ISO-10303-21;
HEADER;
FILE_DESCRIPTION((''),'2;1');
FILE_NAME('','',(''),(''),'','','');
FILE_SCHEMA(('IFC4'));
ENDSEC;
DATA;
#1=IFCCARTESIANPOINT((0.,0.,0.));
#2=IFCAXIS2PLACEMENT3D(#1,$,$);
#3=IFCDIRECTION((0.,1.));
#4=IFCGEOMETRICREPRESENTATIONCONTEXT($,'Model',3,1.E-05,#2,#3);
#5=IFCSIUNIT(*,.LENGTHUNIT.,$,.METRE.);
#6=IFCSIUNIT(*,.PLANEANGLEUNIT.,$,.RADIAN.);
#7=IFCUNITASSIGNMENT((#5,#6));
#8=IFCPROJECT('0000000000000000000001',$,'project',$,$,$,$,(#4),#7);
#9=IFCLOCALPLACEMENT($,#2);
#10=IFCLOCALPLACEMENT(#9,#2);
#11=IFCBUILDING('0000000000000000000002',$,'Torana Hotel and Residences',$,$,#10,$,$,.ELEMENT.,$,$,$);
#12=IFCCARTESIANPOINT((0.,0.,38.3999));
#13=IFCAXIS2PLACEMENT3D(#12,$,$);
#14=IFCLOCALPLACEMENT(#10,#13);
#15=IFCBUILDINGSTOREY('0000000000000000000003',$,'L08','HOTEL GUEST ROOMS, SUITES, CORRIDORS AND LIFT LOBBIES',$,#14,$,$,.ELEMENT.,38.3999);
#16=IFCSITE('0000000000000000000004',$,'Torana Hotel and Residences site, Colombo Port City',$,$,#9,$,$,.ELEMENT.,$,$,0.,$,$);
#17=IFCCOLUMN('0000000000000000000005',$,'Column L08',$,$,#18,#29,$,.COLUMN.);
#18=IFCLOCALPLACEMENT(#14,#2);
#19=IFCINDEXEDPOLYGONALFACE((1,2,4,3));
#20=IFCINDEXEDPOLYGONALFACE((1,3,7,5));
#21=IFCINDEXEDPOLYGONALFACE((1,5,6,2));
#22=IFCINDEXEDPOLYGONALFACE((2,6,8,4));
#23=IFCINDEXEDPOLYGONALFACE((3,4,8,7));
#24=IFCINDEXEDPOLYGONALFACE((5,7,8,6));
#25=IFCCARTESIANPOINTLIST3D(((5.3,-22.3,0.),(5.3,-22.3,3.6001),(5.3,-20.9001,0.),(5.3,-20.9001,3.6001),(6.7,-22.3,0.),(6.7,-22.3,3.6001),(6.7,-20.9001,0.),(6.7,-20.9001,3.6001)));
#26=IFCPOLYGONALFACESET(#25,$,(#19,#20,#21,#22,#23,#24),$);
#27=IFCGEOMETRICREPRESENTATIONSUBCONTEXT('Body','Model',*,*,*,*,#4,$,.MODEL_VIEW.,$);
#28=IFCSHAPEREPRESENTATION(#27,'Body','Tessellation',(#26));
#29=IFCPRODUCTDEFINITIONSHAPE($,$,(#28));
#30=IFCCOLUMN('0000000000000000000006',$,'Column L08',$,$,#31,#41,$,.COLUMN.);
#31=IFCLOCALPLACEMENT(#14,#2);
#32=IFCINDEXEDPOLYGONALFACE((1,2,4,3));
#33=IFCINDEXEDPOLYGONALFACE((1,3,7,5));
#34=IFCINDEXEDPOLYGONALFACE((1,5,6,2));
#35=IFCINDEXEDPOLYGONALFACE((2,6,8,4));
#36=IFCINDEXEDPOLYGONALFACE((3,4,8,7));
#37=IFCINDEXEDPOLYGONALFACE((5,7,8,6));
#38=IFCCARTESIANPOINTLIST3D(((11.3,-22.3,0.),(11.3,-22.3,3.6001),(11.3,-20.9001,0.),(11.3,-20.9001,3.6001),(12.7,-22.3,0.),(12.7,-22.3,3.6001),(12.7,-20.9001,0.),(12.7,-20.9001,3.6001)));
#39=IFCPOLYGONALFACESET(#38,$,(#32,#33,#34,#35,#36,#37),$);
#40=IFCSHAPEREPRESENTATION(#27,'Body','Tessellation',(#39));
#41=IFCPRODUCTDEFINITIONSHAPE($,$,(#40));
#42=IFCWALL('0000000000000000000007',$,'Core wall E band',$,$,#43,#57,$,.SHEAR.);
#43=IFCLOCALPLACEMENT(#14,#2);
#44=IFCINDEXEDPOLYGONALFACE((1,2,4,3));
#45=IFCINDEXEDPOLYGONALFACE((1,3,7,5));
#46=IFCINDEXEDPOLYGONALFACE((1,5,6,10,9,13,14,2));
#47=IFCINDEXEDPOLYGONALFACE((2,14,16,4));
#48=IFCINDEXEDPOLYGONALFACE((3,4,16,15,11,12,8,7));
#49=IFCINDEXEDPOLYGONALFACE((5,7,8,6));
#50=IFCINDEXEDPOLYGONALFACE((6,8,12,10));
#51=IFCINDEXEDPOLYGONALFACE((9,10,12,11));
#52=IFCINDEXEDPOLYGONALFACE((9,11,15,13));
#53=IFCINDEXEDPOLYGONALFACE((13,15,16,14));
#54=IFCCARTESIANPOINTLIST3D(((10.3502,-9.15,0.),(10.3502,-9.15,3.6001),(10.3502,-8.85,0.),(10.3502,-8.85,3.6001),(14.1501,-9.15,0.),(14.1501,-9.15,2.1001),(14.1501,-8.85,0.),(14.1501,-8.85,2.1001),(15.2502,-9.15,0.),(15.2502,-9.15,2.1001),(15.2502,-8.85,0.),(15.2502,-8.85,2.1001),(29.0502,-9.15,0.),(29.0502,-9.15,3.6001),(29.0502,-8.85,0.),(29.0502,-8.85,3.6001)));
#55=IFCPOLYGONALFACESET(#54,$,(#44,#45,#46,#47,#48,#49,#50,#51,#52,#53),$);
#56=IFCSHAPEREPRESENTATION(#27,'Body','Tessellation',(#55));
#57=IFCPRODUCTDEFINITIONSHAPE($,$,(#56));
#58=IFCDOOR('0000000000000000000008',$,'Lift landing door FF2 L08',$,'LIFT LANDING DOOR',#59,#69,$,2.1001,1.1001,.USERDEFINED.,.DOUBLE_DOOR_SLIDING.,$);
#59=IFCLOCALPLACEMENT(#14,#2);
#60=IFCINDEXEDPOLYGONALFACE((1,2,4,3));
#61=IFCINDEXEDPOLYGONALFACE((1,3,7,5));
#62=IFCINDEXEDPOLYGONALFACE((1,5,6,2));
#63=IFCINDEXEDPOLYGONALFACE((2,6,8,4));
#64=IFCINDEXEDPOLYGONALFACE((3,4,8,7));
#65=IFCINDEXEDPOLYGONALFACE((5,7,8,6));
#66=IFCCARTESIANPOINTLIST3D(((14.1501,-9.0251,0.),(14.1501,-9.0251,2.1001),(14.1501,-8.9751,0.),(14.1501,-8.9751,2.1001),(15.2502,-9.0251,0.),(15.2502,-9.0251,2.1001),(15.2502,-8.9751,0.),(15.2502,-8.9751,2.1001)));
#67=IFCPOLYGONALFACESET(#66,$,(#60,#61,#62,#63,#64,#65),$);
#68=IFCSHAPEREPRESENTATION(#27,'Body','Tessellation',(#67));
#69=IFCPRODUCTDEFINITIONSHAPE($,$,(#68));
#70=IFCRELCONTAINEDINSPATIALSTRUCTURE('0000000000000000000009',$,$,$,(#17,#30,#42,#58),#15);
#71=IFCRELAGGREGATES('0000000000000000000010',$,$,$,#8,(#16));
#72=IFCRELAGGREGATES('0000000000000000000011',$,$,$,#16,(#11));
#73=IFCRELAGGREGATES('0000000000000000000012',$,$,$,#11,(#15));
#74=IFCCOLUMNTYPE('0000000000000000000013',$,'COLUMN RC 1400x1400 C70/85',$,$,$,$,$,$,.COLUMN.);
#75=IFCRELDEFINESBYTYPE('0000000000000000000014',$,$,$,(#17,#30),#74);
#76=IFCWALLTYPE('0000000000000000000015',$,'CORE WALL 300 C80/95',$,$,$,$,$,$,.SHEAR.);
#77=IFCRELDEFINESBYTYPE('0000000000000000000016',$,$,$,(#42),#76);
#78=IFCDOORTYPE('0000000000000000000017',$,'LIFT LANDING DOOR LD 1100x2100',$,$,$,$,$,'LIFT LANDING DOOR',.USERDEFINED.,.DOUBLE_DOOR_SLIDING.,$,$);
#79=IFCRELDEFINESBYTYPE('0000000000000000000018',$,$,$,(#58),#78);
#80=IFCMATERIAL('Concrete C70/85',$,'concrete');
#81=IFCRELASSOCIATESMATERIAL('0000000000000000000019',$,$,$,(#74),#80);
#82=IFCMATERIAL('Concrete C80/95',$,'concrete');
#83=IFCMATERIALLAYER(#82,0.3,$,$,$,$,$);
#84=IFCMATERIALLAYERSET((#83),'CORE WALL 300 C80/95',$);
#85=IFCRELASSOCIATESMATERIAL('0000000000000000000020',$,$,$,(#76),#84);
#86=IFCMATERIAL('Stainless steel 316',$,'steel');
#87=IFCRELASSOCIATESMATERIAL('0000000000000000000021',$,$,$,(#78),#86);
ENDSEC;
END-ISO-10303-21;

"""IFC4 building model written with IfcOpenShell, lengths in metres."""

from ifc_helpers import new_model, si_unit, direction, frame, frame_2d, origin, origin_2d, place, context, subcontext, project, spatial, rectangle, extrude, material, layer, layer_set, material_profile, profile_set, type_object, element, fill, save


model = new_model("IFC4")

# Units and contexts
model_context = context("Model", 3, precision=1e-05, world=origin(), true_north=direction((0.0, 1.0)))
body_context = subcontext(model_context, "Body", "Model", "MODEL_VIEW")
ifc_project = project(units=[si_unit("LENGTHUNIT", "METRE"), si_unit("PLANEANGLEUNIT", "RADIAN")], contexts=[model_context])

# Site, building, storey
site_placement = place(None, origin())
site = spatial("IfcSite", under=ifc_project, at=site_placement, Name="Torana Hotel and Residences site, Colombo Port City", CompositionType="ELEMENT", RefElevation=0.0)
building_placement = place(site_placement, origin())
building = spatial("IfcBuilding", under=site, at=building_placement, Name="Torana Hotel and Residences", CompositionType="ELEMENT")
storey_placement = place(building_placement, frame((0.0, 0.0, 38.3999)))
storey = spatial("IfcBuildingStorey", under=building, at=storey_placement, Name="L08", Description="HOTEL GUEST ROOMS, SUITES, CORRIDORS AND LIFT LOBBIES", CompositionType="ELEMENT", Elevation=38.3999)

# Columns
ifc_material_1 = material(Name="Concrete C70/85", Category="concrete")
ifc_material_profile = material_profile(ifc_material_1, rectangle(XDim=1.3999, YDim=1.3999, at=origin_2d()), Name="RC 1400x1400")
ifc_profile_set = profile_set([ifc_material_profile], Name="Concrete C70/85")
column_type = type_object("IfcColumnType", Name="COLUMN RC 1400x1400 C70/85", PredefinedType="COLUMN", material=ifc_profile_set)
for number, where, z_axis, x_axis, name in (
    (1, (6.0, -21.6001, 0.0), (0.0, 0.0, 1.0), (1.0, 0.0, 0.0), "Column L08"),
    (2, (12.0, -21.6001, 0.0), (0.0, 0.0, 1.0), (1.0, 0.0, 0.0), "Column L08"),
):
    element("IfcColumn", number, at=place(storey_placement, frame(where, z_axis=z_axis, x_axis=x_axis)), inside=storey, type_object=column_type, Name=name, PredefinedType="COLUMN", context=body_context, shape_type="SweptSolid", body=[
        extrude(rectangle(XDim=1.3999, YDim=1.3999, at=origin_2d()), origin(), (0.0, 0.0, 1.0), 3.6001),
    ])

# Wall, opening, door
ifc_material_2 = material(Name="Concrete C80/95", Category="concrete")
ifc_layer_1 = layer(ifc_material_2, 0.3)
ifc_layer_set_1 = layer_set([ifc_layer_1], Name="CORE WALL 300 C80/95")
wall_type_1 = type_object("IfcWallType", Name="CORE WALL 300 C80/95", PredefinedType="SHEAR", material=ifc_layer_set_1)
wall_1_placement = place(storey_placement, frame((10.3501, -9.0, 0.0), z_axis=(0.0, 0.0, 1.0), x_axis=(1.0, 0.0, 0.0)))
wall_1 = element("IfcWall", 3, at=wall_1_placement, inside=storey, type_object=wall_type_1, Name="Core wall E band", PredefinedType="SHEAR", context=body_context, shape_type="SweptSolid", body=[
    extrude(rectangle(XDim=18.7, YDim=0.3, at=frame_2d((9.3501, 0.0))), origin(), (0.0, 0.0, 1.0), 3.6001),
])
opening_1_placement = place(wall_1_placement, frame((3.8, 0.0, 0.0)))
opening_1 = element("IfcOpeningElement", 4, at=opening_1_placement, cuts=wall_1, PredefinedType="OPENING", context=body_context, shape_type="SweptSolid", body=[
    extrude(rectangle(XDim=1.1001, YDim=2.1001, at=frame_2d((0.55, 1.05))), frame((0.0, 0.1599, 0.0), z_axis=(0.0, -1.0, 0.0), x_axis=(1.0, 0.0, 0.0)), (0.0, 0.0, 1.0), 0.3201),
])
ifc_material_3 = material(Name="Stainless steel 316", Category="steel")
door_type_1 = type_object("IfcDoorType", Name="LIFT LANDING DOOR LD 1100x2100", ElementType="LIFT LANDING DOOR", OperationType="DOUBLE_DOOR_SLIDING", PredefinedType="USERDEFINED", material=ifc_material_3)
door_1_placement = place(opening_1_placement, origin())
door_1 = element("IfcDoor", 5, at=door_1_placement, inside=storey, type_object=door_type_1, Name="Lift landing door FF2 L08", ObjectType="LIFT LANDING DOOR", OperationType="DOUBLE_DOOR_SLIDING", OverallHeight=2.1001, OverallWidth=1.1001, PredefinedType="USERDEFINED", context=body_context, shape_type="SweptSolid", body=[
    extrude(rectangle(XDim=1.1001, YDim=2.1001, at=frame_2d((0.55, 1.05))), frame((0.0, 0.0249, 0.0), z_axis=(0.0, -1.0, 0.0), x_axis=(1.0, 0.0, 0.0)), (0.0, 0.0, 1.0), 0.05),
])
fill(opening_1, door_1)

save(model, "model.ifc")
